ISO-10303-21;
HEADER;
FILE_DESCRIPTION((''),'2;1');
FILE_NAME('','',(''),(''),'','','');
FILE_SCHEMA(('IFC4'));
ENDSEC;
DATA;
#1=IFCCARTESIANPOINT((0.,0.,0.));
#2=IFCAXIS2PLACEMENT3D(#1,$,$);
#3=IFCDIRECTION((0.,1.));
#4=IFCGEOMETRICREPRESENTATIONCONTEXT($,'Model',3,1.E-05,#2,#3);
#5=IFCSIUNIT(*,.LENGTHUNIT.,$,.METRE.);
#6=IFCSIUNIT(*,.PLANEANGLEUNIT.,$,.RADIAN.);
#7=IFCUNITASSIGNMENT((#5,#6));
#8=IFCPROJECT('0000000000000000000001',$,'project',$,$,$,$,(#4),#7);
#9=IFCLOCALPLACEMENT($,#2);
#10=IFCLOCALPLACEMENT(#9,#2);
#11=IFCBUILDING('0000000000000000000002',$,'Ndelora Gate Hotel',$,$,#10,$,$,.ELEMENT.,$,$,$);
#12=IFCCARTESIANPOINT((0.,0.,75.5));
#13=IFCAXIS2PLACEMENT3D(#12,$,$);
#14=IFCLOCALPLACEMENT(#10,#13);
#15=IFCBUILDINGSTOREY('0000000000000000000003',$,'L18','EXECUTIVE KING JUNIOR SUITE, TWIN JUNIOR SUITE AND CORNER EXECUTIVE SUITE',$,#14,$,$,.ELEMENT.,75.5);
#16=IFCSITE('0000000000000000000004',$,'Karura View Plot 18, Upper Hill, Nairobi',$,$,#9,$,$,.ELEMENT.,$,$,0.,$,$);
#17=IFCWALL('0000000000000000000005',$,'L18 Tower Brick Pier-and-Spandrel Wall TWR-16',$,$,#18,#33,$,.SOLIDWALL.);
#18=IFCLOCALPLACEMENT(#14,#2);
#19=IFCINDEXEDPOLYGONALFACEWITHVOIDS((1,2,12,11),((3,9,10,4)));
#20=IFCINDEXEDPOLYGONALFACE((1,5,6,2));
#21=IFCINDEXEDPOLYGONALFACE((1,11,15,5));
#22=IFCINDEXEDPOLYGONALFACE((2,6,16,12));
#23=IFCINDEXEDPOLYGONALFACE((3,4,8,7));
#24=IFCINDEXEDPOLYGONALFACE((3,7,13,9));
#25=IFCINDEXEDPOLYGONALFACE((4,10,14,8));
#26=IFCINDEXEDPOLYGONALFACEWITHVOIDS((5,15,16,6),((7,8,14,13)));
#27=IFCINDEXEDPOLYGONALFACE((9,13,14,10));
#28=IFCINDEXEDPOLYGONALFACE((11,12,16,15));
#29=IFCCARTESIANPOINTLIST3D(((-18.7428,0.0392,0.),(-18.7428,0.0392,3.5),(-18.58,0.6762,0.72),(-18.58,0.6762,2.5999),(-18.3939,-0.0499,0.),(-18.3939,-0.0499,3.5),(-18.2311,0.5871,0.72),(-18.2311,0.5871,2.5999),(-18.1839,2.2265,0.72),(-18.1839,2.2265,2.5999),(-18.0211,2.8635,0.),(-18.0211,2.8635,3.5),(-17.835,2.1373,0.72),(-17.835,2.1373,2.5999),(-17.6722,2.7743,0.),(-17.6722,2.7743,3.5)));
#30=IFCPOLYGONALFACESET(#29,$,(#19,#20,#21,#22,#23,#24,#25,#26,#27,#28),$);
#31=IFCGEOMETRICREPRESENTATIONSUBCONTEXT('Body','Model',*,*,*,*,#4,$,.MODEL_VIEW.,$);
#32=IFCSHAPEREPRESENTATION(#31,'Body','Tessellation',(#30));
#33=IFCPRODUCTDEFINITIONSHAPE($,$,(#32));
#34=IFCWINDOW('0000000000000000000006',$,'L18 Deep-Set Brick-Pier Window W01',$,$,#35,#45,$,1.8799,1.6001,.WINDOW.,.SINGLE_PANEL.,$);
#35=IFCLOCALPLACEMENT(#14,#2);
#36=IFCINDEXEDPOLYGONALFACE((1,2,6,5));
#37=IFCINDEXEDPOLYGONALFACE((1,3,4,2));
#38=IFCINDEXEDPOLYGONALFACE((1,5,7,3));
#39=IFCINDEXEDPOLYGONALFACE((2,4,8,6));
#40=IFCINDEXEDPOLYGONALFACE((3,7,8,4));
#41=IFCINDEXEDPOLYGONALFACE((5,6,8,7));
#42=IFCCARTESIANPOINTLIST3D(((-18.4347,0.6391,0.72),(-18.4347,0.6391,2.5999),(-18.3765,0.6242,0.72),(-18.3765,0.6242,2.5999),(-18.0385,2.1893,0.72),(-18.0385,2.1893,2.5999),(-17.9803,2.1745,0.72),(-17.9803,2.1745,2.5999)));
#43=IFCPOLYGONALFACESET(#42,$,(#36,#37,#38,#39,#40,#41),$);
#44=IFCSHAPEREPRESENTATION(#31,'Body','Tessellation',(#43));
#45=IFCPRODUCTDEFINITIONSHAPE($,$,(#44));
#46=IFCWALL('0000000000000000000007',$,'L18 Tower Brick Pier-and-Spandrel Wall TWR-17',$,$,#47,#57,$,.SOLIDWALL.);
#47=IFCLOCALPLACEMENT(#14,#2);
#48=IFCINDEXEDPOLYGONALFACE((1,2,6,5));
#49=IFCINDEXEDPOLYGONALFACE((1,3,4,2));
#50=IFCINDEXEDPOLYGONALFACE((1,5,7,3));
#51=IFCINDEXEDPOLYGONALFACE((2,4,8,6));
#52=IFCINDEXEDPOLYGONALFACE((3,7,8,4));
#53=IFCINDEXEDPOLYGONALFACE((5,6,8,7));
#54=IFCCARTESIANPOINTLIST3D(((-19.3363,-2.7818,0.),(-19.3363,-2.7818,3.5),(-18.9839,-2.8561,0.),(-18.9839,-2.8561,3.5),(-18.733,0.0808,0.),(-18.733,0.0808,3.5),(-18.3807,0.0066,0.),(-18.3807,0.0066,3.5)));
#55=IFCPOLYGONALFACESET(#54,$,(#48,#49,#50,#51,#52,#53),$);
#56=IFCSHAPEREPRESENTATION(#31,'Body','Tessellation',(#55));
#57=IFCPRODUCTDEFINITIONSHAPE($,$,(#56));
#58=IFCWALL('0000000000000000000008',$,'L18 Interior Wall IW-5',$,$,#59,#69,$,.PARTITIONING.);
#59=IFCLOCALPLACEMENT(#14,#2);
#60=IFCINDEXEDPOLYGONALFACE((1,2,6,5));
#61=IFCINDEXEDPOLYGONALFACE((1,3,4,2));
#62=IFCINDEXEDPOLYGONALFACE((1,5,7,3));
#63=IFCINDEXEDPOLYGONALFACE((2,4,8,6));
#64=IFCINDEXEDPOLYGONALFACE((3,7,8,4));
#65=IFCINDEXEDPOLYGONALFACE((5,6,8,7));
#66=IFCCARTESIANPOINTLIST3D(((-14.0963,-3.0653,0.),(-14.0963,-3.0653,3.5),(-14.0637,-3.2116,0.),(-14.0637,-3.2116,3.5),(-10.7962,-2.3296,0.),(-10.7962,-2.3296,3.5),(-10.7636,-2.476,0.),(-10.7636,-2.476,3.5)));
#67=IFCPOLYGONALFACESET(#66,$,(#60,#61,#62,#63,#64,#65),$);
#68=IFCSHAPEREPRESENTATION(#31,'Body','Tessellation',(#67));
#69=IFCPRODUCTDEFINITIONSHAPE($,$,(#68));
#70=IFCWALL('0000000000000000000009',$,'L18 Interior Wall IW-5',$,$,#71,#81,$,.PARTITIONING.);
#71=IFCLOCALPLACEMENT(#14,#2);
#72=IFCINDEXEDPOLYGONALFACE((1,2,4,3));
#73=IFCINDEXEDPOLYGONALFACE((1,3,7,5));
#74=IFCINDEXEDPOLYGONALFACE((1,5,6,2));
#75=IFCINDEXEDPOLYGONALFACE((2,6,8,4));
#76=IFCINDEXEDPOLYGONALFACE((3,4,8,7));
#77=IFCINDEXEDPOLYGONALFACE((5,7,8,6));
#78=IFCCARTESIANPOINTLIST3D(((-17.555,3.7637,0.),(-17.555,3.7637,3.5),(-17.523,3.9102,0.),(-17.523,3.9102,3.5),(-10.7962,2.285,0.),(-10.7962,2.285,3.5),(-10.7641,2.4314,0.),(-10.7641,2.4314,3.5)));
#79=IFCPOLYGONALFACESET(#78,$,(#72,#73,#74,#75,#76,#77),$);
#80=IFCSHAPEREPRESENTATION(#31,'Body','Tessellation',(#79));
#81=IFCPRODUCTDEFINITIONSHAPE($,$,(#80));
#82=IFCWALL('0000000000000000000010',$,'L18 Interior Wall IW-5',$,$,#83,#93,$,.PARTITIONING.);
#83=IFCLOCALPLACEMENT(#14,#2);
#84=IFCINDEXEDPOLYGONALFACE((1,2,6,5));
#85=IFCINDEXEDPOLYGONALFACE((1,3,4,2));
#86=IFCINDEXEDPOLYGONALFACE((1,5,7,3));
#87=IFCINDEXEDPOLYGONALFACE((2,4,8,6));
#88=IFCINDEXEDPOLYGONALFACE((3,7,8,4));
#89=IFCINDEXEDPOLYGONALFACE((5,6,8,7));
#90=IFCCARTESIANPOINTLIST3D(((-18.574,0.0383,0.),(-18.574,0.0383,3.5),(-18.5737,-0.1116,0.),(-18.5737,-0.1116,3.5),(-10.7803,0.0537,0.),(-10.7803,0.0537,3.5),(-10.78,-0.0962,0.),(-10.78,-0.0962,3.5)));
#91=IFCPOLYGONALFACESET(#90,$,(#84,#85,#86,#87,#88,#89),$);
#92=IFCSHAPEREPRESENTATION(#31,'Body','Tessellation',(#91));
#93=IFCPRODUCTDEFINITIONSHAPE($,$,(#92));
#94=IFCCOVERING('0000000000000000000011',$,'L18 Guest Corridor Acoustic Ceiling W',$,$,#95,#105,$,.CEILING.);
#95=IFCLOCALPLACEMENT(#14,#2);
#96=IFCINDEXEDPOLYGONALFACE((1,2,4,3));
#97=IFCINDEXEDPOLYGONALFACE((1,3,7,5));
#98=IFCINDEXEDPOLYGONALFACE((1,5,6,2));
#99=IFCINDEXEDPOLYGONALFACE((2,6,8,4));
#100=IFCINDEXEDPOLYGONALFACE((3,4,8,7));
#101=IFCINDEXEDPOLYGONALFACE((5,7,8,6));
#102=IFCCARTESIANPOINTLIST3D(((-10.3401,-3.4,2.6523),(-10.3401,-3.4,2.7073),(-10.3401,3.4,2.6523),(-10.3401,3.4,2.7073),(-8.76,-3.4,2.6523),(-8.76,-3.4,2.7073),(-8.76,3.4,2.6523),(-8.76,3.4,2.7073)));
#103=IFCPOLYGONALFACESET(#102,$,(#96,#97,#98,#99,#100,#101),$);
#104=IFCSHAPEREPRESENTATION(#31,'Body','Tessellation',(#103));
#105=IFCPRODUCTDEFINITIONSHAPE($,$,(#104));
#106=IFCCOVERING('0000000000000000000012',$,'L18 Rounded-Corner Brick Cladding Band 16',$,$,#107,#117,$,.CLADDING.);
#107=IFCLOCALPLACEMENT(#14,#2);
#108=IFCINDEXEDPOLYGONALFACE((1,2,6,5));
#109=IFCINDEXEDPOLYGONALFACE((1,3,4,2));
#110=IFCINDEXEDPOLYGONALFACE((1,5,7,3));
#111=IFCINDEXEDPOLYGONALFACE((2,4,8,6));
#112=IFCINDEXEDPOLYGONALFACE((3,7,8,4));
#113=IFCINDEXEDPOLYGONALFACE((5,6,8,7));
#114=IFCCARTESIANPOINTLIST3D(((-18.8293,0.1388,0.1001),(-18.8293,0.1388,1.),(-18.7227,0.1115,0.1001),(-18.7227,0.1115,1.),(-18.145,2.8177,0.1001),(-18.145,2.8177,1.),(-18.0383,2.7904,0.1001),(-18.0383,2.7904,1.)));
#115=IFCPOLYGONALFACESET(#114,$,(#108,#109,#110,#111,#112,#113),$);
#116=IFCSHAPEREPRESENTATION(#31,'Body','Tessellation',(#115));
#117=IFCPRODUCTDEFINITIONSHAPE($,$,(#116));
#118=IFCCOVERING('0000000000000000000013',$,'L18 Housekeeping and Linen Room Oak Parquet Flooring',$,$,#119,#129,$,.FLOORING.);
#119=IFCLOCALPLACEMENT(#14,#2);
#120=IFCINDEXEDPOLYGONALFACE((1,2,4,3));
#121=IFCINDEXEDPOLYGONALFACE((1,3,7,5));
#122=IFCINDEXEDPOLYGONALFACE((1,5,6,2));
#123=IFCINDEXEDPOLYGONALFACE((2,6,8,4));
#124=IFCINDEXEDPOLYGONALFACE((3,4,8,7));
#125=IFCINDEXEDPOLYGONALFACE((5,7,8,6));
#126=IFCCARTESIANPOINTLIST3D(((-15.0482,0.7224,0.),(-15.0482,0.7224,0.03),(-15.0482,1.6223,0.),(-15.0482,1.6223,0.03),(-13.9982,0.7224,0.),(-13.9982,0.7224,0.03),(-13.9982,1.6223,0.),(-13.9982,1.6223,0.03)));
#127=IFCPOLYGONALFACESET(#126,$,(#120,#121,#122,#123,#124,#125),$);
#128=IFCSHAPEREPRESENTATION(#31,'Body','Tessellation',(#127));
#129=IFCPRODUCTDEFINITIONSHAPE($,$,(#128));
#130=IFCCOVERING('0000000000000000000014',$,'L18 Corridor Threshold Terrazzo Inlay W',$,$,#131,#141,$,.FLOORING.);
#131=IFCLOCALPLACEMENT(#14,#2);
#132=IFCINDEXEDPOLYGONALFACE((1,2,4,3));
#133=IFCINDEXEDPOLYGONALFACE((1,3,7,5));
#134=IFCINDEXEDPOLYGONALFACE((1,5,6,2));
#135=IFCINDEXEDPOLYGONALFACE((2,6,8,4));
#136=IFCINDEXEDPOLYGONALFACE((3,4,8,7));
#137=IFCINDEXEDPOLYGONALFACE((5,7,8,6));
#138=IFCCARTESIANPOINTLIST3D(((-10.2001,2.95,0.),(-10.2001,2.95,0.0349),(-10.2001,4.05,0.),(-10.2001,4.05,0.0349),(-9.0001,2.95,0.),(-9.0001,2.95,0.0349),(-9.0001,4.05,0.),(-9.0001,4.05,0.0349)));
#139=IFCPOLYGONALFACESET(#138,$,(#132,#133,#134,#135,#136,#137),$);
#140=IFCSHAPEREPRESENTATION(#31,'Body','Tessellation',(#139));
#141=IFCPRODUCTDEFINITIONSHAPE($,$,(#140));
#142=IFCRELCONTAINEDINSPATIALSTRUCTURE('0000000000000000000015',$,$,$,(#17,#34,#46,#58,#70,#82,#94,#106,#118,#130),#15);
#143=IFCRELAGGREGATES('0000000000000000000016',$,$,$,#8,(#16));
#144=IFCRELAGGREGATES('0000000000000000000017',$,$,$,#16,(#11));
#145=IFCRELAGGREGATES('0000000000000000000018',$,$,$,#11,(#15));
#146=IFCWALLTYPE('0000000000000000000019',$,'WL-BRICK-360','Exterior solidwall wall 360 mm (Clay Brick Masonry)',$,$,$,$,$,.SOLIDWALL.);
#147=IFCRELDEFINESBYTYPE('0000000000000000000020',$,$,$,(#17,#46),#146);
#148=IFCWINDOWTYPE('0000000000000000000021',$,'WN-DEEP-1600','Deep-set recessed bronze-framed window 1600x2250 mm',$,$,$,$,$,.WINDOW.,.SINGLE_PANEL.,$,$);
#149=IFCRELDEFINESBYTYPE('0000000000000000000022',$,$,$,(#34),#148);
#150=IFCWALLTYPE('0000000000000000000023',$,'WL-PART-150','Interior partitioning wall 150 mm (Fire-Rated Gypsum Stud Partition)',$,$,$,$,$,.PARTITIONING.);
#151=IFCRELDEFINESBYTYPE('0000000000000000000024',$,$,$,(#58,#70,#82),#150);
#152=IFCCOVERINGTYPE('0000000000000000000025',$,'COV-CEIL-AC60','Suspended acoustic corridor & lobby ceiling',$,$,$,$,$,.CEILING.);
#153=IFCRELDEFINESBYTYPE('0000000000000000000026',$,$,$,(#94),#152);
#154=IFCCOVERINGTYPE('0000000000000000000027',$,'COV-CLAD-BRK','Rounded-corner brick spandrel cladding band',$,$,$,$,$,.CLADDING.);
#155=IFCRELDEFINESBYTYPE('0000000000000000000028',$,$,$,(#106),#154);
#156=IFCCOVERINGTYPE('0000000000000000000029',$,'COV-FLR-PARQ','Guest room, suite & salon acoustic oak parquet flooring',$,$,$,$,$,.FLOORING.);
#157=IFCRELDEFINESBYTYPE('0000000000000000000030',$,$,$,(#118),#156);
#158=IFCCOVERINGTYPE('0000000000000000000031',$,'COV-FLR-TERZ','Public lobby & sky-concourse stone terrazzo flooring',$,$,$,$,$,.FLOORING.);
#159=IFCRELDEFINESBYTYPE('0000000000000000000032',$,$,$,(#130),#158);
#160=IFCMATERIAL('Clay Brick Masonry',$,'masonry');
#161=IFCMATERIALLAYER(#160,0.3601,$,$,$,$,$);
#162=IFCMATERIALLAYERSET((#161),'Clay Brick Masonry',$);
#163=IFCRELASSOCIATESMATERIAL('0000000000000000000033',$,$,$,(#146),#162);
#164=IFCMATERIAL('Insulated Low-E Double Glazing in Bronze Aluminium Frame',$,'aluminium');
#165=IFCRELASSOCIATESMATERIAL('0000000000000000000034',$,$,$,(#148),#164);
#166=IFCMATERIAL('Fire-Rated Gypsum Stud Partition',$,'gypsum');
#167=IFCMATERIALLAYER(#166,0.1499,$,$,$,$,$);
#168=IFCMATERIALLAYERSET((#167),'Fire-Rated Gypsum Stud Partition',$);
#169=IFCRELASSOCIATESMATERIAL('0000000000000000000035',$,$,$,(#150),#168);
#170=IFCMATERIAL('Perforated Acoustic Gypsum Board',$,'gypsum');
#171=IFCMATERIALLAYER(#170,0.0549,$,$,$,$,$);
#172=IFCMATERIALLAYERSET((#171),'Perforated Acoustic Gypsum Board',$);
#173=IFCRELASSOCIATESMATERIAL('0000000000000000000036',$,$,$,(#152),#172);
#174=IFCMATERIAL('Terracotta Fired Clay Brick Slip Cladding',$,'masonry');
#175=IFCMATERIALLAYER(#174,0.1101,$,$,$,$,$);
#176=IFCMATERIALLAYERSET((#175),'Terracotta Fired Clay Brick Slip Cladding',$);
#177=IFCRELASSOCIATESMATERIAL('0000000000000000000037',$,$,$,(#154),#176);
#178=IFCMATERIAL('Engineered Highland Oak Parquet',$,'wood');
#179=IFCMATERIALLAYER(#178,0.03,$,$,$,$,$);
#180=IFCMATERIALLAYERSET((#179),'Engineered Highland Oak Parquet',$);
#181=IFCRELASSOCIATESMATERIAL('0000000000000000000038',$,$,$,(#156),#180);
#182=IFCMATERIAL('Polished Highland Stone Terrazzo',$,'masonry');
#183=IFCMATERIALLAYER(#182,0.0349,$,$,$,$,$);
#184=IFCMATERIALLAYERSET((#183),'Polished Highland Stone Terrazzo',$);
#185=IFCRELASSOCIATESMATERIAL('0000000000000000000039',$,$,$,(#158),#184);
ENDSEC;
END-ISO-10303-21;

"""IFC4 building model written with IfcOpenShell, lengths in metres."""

from ifc_helpers import new_model, si_unit, direction, frame, frame_2d, origin, origin_2d, place, context, subcontext, project, spatial, rectangle, extrude, material, layer, layer_set, type_object, element, fill, save


model = new_model("IFC4")

# Units and contexts
model_context = context("Model", 3, precision=1e-05, world=origin(), true_north=direction((0.0, 1.0)))
body_context = subcontext(model_context, "Body", "Model", "MODEL_VIEW")
ifc_project = project(units=[si_unit("LENGTHUNIT", "METRE"), si_unit("PLANEANGLEUNIT", "RADIAN")], contexts=[model_context])

# Site, building, storey
site_placement = place(None, origin())
site = spatial("IfcSite", under=ifc_project, at=site_placement, Name="Karura View Plot 18, Upper Hill, Nairobi", CompositionType="ELEMENT", RefElevation=0.0)
building_placement = place(site_placement, origin())
building = spatial("IfcBuilding", under=site, at=building_placement, Name="Ndelora Gate Hotel", CompositionType="ELEMENT")
storey_placement = place(building_placement, frame((0.0, 0.0, 75.5)))
storey = spatial("IfcBuildingStorey", under=building, at=storey_placement, Name="L18", Description="EXECUTIVE KING JUNIOR SUITE, TWIN JUNIOR SUITE AND CORNER EXECUTIVE SUITE", CompositionType="ELEMENT", Elevation=75.5)

# Shared definitions
ifc_material_1 = material(Name="Clay Brick Masonry", Category="masonry")
ifc_layer_1 = layer(ifc_material_1, 0.3601)
ifc_layer_set_1 = layer_set([ifc_layer_1], Name="Clay Brick Masonry")
wall_type_1 = type_object("IfcWallType", Name="WL-BRICK-360", Description="Exterior solidwall wall 360 mm (Clay Brick Masonry)", PredefinedType="SOLIDWALL", material=ifc_layer_set_1)

# Wall, opening, window
wall_1_placement = place(storey_placement, frame((-18.5684, -0.0054, 0.0), z_axis=(0.0, 0.0, 1.0), x_axis=(0.247577, 0.968868, 0.0)))
wall_1 = element("IfcWall", 1, at=wall_1_placement, inside=storey, type_object=wall_type_1, Name="L18 Tower Brick Pier-and-Spandrel Wall TWR-16", PredefinedType="SOLIDWALL", context=body_context, shape_type="SweptSolid", body=[
    extrude(rectangle(XDim=2.915, YDim=0.3601, at=frame_2d((1.4575, 0.0))), origin(), (0.0, 0.0, 1.0), 3.5),
])
opening_1_placement = place(wall_1_placement, frame((0.6575, 0.0, 0.72)))
opening_1 = element("IfcOpeningElement", 2, at=opening_1_placement, cuts=wall_1, PredefinedType="OPENING", context=body_context, shape_type="SweptSolid", body=[
    extrude(rectangle(XDim=1.6001, YDim=1.8799, at=frame_2d((0.8, 0.9399))), frame((0.0, 0.1899, 0.0), z_axis=(0.0, -1.0, 0.0), x_axis=(1.0, 0.0, 0.0)), (0.0, 0.0, 1.0), 0.3801),
])
ifc_material_2 = material(Name="Insulated Low-E Double Glazing in Bronze Aluminium Frame", Category="aluminium")
window_type = type_object("IfcWindowType", Name="WN-DEEP-1600", Description="Deep-set recessed bronze-framed window 1600x2250 mm", PartitioningType="SINGLE_PANEL", PredefinedType="WINDOW", material=ifc_material_2)
window_placement = place(opening_1_placement, origin())
window = element("IfcWindow", 3, at=window_placement, inside=storey, type_object=window_type, Name="L18 Deep-Set Brick-Pier Window W01", OverallHeight=1.8799, OverallWidth=1.6001, PartitioningType="SINGLE_PANEL", PredefinedType="WINDOW", context=body_context, shape_type="SweptSolid", body=[
    extrude(rectangle(XDim=1.6001, YDim=1.8799, at=frame_2d((0.8, 0.9399))), frame((0.0, 0.03, 0.0), z_axis=(0.0, -1.0, 0.0), x_axis=(1.0, 0.0, 0.0)), (0.0, 0.0, 1.0), 0.0601),
])
fill(opening_1, window)

# Wall
wall_2_placement = place(storey_placement, frame((-19.1602, -2.8191, 0.0), z_axis=(0.0, 0.0, 1.0), x_axis=(0.206217, 0.978506, 0.0)))
element("IfcWall", 4, at=wall_2_placement, inside=storey, type_object=wall_type_1, Name="L18 Tower Brick Pier-and-Spandrel Wall TWR-17", PredefinedType="SOLIDWALL", context=body_context, shape_type="SweptSolid", body=[
    extrude(rectangle(XDim=2.9255, YDim=0.3601, at=frame_2d((1.4629, 0.0))), origin(), (0.0, 0.0, 1.0), 3.5),
])

# Walls
ifc_material_3 = material(Name="Fire-Rated Gypsum Stud Partition", Category="gypsum")
ifc_layer_2 = layer(ifc_material_3, 0.1499)
ifc_layer_set_2 = layer_set([ifc_layer_2], Name="Fire-Rated Gypsum Stud Partition")
wall_type_2 = type_object("IfcWallType", Name="WL-PART-150", Description="Interior partitioning wall 150 mm (Fire-Rated Gypsum Stud Partition)", PredefinedType="PARTITIONING", material=ifc_layer_set_2)
wall_3_placement = place(storey_placement, frame((-10.78, -2.4028, 0.0), z_axis=(0.0, 0.0, 1.0), x_axis=(-0.976046, -0.217565, 0.0)))
element("IfcWall", 5, at=wall_3_placement, inside=storey, type_object=wall_type_2, Name="L18 Interior Wall IW-5", PredefinedType="PARTITIONING", context=body_context, shape_type="SweptSolid", body=[
    extrude(rectangle(XDim=3.3811, YDim=0.1499, at=frame_2d((1.6904, 0.0))), origin(), (0.0, 0.0, 1.0), 3.5),
])
wall_4_placement = place(storey_placement, frame((-10.78, 2.3582, 0.0), z_axis=(0.0, 0.0, 1.0), x_axis=(-0.976892, 0.213735, 0.0)))
element("IfcWall", 6, at=wall_4_placement, inside=storey, type_object=wall_type_2, Name="L18 Interior Wall IW-5", PredefinedType="PARTITIONING", context=body_context, shape_type="SweptSolid", body=[
    extrude(rectangle(XDim=6.9187, YDim=0.1499, at=frame_2d((3.4595, 0.0))), origin(), (0.0, 0.0, 1.0), 3.5),
])
wall_5_placement = place(storey_placement, frame((-10.78, -0.0212, 0.0), z_axis=(0.0, 0.0, 1.0), x_axis=(-0.999998, -0.001973, 0.0)))
element("IfcWall", 7, at=wall_5_placement, inside=storey, type_object=wall_type_2, Name="L18 Interior Wall IW-5", PredefinedType="PARTITIONING", context=body_context, shape_type="SweptSolid", body=[
    extrude(rectangle(XDim=7.7937, YDim=0.1499, at=frame_2d((3.897, 0.0))), origin(), (0.0, 0.0, 1.0), 3.5),
])

# Coverings
ifc_material_4 = material(Name="Perforated Acoustic Gypsum Board", Category="gypsum")
ifc_layer_3 = layer(ifc_material_4, 0.0549)
ifc_layer_set_3 = layer_set([ifc_layer_3], Name="Perforated Acoustic Gypsum Board")
covering_type_1 = type_object("IfcCoveringType", Name="COV-CEIL-AC60", Description="Suspended acoustic corridor & lobby ceiling", PredefinedType="CEILING", material=ifc_layer_set_3)
covering_1_placement = place(storey_placement, frame((-9.55, 0.0, 2.6523), z_axis=(0.0, 0.0, 1.0), x_axis=(1.0, 0.0, 0.0)))
element("IfcCovering", 8, at=covering_1_placement, inside=storey, type_object=covering_type_1, Name="L18 Guest Corridor Acoustic Ceiling W", PredefinedType="CEILING", context=body_context, shape_type="SweptSolid", body=[
    extrude(rectangle(XDim=1.5801, YDim=6.8, at=origin_2d()), origin(), (0.0, 0.0, 1.0), 0.0549),
])
ifc_material_5 = material(Name="Terracotta Fired Clay Brick Slip Cladding", Category="masonry")
ifc_layer_4 = layer(ifc_material_5, 0.1101)
ifc_layer_set_4 = layer_set([ifc_layer_4], Name="Terracotta Fired Clay Brick Slip Cladding")
covering_type_2 = type_object("IfcCoveringType", Name="COV-CLAD-BRK", Description="Rounded-corner brick spandrel cladding band", PredefinedType="CLADDING", material=ifc_layer_set_4)
covering_2_placement = place(storey_placement, frame((-18.4338, 1.4646, 0.1001), z_axis=(0.0, 0.0, 1.0), x_axis=(0.247506, 0.968886, 0.0)))
element("IfcCovering", 9, at=covering_2_placement, inside=storey, type_object=covering_type_2, Name="L18 Rounded-Corner Brick Cladding Band 16", PredefinedType="CLADDING", context=body_context, shape_type="SweptSolid", body=[
    extrude(rectangle(XDim=2.7649, YDim=0.1101, at=origin_2d()), origin(), (0.0, 0.0, 1.0), 0.8999),
])
ifc_material_6 = material(Name="Engineered Highland Oak Parquet", Category="wood")
ifc_layer_5 = layer(ifc_material_6, 0.03)
ifc_layer_set_5 = layer_set([ifc_layer_5], Name="Engineered Highland Oak Parquet")
covering_type_3 = type_object("IfcCoveringType", Name="COV-FLR-PARQ", Description="Guest room, suite & salon acoustic oak parquet flooring", PredefinedType="FLOORING", material=ifc_layer_set_5)
covering_3_placement = place(storey_placement, frame((-14.5232, 1.1724, 0.0), z_axis=(0.0, 0.0, 1.0), x_axis=(1.0, 0.0, 0.0)))
element("IfcCovering", 10, at=covering_3_placement, inside=storey, type_object=covering_type_3, Name="L18 Housekeeping and Linen Room Oak Parquet Flooring", PredefinedType="FLOORING", context=body_context, shape_type="SweptSolid", body=[
    extrude(rectangle(XDim=1.05, YDim=0.8999, at=origin_2d()), origin(), (0.0, 0.0, 1.0), 0.03),
])
ifc_material_7 = material(Name="Polished Highland Stone Terrazzo", Category="masonry")
ifc_layer_6 = layer(ifc_material_7, 0.0349)
ifc_layer_set_6 = layer_set([ifc_layer_6], Name="Polished Highland Stone Terrazzo")
covering_type_4 = type_object("IfcCoveringType", Name="COV-FLR-TERZ", Description="Public lobby & sky-concourse stone terrazzo flooring", PredefinedType="FLOORING", material=ifc_layer_set_6)
covering_4_placement = place(storey_placement, frame((-9.6001, 3.5, 0.0), z_axis=(0.0, 0.0, 1.0), x_axis=(1.0, 0.0, 0.0)))
element("IfcCovering", 11, at=covering_4_placement, inside=storey, type_object=covering_type_4, Name="L18 Corridor Threshold Terrazzo Inlay W", PredefinedType="FLOORING", context=body_context, shape_type="SweptSolid", body=[
    extrude(rectangle(XDim=1.2, YDim=1.1001, at=origin_2d()), origin(), (0.0, 0.0, 1.0), 0.0349),
])

save(model, "model.ifc")
